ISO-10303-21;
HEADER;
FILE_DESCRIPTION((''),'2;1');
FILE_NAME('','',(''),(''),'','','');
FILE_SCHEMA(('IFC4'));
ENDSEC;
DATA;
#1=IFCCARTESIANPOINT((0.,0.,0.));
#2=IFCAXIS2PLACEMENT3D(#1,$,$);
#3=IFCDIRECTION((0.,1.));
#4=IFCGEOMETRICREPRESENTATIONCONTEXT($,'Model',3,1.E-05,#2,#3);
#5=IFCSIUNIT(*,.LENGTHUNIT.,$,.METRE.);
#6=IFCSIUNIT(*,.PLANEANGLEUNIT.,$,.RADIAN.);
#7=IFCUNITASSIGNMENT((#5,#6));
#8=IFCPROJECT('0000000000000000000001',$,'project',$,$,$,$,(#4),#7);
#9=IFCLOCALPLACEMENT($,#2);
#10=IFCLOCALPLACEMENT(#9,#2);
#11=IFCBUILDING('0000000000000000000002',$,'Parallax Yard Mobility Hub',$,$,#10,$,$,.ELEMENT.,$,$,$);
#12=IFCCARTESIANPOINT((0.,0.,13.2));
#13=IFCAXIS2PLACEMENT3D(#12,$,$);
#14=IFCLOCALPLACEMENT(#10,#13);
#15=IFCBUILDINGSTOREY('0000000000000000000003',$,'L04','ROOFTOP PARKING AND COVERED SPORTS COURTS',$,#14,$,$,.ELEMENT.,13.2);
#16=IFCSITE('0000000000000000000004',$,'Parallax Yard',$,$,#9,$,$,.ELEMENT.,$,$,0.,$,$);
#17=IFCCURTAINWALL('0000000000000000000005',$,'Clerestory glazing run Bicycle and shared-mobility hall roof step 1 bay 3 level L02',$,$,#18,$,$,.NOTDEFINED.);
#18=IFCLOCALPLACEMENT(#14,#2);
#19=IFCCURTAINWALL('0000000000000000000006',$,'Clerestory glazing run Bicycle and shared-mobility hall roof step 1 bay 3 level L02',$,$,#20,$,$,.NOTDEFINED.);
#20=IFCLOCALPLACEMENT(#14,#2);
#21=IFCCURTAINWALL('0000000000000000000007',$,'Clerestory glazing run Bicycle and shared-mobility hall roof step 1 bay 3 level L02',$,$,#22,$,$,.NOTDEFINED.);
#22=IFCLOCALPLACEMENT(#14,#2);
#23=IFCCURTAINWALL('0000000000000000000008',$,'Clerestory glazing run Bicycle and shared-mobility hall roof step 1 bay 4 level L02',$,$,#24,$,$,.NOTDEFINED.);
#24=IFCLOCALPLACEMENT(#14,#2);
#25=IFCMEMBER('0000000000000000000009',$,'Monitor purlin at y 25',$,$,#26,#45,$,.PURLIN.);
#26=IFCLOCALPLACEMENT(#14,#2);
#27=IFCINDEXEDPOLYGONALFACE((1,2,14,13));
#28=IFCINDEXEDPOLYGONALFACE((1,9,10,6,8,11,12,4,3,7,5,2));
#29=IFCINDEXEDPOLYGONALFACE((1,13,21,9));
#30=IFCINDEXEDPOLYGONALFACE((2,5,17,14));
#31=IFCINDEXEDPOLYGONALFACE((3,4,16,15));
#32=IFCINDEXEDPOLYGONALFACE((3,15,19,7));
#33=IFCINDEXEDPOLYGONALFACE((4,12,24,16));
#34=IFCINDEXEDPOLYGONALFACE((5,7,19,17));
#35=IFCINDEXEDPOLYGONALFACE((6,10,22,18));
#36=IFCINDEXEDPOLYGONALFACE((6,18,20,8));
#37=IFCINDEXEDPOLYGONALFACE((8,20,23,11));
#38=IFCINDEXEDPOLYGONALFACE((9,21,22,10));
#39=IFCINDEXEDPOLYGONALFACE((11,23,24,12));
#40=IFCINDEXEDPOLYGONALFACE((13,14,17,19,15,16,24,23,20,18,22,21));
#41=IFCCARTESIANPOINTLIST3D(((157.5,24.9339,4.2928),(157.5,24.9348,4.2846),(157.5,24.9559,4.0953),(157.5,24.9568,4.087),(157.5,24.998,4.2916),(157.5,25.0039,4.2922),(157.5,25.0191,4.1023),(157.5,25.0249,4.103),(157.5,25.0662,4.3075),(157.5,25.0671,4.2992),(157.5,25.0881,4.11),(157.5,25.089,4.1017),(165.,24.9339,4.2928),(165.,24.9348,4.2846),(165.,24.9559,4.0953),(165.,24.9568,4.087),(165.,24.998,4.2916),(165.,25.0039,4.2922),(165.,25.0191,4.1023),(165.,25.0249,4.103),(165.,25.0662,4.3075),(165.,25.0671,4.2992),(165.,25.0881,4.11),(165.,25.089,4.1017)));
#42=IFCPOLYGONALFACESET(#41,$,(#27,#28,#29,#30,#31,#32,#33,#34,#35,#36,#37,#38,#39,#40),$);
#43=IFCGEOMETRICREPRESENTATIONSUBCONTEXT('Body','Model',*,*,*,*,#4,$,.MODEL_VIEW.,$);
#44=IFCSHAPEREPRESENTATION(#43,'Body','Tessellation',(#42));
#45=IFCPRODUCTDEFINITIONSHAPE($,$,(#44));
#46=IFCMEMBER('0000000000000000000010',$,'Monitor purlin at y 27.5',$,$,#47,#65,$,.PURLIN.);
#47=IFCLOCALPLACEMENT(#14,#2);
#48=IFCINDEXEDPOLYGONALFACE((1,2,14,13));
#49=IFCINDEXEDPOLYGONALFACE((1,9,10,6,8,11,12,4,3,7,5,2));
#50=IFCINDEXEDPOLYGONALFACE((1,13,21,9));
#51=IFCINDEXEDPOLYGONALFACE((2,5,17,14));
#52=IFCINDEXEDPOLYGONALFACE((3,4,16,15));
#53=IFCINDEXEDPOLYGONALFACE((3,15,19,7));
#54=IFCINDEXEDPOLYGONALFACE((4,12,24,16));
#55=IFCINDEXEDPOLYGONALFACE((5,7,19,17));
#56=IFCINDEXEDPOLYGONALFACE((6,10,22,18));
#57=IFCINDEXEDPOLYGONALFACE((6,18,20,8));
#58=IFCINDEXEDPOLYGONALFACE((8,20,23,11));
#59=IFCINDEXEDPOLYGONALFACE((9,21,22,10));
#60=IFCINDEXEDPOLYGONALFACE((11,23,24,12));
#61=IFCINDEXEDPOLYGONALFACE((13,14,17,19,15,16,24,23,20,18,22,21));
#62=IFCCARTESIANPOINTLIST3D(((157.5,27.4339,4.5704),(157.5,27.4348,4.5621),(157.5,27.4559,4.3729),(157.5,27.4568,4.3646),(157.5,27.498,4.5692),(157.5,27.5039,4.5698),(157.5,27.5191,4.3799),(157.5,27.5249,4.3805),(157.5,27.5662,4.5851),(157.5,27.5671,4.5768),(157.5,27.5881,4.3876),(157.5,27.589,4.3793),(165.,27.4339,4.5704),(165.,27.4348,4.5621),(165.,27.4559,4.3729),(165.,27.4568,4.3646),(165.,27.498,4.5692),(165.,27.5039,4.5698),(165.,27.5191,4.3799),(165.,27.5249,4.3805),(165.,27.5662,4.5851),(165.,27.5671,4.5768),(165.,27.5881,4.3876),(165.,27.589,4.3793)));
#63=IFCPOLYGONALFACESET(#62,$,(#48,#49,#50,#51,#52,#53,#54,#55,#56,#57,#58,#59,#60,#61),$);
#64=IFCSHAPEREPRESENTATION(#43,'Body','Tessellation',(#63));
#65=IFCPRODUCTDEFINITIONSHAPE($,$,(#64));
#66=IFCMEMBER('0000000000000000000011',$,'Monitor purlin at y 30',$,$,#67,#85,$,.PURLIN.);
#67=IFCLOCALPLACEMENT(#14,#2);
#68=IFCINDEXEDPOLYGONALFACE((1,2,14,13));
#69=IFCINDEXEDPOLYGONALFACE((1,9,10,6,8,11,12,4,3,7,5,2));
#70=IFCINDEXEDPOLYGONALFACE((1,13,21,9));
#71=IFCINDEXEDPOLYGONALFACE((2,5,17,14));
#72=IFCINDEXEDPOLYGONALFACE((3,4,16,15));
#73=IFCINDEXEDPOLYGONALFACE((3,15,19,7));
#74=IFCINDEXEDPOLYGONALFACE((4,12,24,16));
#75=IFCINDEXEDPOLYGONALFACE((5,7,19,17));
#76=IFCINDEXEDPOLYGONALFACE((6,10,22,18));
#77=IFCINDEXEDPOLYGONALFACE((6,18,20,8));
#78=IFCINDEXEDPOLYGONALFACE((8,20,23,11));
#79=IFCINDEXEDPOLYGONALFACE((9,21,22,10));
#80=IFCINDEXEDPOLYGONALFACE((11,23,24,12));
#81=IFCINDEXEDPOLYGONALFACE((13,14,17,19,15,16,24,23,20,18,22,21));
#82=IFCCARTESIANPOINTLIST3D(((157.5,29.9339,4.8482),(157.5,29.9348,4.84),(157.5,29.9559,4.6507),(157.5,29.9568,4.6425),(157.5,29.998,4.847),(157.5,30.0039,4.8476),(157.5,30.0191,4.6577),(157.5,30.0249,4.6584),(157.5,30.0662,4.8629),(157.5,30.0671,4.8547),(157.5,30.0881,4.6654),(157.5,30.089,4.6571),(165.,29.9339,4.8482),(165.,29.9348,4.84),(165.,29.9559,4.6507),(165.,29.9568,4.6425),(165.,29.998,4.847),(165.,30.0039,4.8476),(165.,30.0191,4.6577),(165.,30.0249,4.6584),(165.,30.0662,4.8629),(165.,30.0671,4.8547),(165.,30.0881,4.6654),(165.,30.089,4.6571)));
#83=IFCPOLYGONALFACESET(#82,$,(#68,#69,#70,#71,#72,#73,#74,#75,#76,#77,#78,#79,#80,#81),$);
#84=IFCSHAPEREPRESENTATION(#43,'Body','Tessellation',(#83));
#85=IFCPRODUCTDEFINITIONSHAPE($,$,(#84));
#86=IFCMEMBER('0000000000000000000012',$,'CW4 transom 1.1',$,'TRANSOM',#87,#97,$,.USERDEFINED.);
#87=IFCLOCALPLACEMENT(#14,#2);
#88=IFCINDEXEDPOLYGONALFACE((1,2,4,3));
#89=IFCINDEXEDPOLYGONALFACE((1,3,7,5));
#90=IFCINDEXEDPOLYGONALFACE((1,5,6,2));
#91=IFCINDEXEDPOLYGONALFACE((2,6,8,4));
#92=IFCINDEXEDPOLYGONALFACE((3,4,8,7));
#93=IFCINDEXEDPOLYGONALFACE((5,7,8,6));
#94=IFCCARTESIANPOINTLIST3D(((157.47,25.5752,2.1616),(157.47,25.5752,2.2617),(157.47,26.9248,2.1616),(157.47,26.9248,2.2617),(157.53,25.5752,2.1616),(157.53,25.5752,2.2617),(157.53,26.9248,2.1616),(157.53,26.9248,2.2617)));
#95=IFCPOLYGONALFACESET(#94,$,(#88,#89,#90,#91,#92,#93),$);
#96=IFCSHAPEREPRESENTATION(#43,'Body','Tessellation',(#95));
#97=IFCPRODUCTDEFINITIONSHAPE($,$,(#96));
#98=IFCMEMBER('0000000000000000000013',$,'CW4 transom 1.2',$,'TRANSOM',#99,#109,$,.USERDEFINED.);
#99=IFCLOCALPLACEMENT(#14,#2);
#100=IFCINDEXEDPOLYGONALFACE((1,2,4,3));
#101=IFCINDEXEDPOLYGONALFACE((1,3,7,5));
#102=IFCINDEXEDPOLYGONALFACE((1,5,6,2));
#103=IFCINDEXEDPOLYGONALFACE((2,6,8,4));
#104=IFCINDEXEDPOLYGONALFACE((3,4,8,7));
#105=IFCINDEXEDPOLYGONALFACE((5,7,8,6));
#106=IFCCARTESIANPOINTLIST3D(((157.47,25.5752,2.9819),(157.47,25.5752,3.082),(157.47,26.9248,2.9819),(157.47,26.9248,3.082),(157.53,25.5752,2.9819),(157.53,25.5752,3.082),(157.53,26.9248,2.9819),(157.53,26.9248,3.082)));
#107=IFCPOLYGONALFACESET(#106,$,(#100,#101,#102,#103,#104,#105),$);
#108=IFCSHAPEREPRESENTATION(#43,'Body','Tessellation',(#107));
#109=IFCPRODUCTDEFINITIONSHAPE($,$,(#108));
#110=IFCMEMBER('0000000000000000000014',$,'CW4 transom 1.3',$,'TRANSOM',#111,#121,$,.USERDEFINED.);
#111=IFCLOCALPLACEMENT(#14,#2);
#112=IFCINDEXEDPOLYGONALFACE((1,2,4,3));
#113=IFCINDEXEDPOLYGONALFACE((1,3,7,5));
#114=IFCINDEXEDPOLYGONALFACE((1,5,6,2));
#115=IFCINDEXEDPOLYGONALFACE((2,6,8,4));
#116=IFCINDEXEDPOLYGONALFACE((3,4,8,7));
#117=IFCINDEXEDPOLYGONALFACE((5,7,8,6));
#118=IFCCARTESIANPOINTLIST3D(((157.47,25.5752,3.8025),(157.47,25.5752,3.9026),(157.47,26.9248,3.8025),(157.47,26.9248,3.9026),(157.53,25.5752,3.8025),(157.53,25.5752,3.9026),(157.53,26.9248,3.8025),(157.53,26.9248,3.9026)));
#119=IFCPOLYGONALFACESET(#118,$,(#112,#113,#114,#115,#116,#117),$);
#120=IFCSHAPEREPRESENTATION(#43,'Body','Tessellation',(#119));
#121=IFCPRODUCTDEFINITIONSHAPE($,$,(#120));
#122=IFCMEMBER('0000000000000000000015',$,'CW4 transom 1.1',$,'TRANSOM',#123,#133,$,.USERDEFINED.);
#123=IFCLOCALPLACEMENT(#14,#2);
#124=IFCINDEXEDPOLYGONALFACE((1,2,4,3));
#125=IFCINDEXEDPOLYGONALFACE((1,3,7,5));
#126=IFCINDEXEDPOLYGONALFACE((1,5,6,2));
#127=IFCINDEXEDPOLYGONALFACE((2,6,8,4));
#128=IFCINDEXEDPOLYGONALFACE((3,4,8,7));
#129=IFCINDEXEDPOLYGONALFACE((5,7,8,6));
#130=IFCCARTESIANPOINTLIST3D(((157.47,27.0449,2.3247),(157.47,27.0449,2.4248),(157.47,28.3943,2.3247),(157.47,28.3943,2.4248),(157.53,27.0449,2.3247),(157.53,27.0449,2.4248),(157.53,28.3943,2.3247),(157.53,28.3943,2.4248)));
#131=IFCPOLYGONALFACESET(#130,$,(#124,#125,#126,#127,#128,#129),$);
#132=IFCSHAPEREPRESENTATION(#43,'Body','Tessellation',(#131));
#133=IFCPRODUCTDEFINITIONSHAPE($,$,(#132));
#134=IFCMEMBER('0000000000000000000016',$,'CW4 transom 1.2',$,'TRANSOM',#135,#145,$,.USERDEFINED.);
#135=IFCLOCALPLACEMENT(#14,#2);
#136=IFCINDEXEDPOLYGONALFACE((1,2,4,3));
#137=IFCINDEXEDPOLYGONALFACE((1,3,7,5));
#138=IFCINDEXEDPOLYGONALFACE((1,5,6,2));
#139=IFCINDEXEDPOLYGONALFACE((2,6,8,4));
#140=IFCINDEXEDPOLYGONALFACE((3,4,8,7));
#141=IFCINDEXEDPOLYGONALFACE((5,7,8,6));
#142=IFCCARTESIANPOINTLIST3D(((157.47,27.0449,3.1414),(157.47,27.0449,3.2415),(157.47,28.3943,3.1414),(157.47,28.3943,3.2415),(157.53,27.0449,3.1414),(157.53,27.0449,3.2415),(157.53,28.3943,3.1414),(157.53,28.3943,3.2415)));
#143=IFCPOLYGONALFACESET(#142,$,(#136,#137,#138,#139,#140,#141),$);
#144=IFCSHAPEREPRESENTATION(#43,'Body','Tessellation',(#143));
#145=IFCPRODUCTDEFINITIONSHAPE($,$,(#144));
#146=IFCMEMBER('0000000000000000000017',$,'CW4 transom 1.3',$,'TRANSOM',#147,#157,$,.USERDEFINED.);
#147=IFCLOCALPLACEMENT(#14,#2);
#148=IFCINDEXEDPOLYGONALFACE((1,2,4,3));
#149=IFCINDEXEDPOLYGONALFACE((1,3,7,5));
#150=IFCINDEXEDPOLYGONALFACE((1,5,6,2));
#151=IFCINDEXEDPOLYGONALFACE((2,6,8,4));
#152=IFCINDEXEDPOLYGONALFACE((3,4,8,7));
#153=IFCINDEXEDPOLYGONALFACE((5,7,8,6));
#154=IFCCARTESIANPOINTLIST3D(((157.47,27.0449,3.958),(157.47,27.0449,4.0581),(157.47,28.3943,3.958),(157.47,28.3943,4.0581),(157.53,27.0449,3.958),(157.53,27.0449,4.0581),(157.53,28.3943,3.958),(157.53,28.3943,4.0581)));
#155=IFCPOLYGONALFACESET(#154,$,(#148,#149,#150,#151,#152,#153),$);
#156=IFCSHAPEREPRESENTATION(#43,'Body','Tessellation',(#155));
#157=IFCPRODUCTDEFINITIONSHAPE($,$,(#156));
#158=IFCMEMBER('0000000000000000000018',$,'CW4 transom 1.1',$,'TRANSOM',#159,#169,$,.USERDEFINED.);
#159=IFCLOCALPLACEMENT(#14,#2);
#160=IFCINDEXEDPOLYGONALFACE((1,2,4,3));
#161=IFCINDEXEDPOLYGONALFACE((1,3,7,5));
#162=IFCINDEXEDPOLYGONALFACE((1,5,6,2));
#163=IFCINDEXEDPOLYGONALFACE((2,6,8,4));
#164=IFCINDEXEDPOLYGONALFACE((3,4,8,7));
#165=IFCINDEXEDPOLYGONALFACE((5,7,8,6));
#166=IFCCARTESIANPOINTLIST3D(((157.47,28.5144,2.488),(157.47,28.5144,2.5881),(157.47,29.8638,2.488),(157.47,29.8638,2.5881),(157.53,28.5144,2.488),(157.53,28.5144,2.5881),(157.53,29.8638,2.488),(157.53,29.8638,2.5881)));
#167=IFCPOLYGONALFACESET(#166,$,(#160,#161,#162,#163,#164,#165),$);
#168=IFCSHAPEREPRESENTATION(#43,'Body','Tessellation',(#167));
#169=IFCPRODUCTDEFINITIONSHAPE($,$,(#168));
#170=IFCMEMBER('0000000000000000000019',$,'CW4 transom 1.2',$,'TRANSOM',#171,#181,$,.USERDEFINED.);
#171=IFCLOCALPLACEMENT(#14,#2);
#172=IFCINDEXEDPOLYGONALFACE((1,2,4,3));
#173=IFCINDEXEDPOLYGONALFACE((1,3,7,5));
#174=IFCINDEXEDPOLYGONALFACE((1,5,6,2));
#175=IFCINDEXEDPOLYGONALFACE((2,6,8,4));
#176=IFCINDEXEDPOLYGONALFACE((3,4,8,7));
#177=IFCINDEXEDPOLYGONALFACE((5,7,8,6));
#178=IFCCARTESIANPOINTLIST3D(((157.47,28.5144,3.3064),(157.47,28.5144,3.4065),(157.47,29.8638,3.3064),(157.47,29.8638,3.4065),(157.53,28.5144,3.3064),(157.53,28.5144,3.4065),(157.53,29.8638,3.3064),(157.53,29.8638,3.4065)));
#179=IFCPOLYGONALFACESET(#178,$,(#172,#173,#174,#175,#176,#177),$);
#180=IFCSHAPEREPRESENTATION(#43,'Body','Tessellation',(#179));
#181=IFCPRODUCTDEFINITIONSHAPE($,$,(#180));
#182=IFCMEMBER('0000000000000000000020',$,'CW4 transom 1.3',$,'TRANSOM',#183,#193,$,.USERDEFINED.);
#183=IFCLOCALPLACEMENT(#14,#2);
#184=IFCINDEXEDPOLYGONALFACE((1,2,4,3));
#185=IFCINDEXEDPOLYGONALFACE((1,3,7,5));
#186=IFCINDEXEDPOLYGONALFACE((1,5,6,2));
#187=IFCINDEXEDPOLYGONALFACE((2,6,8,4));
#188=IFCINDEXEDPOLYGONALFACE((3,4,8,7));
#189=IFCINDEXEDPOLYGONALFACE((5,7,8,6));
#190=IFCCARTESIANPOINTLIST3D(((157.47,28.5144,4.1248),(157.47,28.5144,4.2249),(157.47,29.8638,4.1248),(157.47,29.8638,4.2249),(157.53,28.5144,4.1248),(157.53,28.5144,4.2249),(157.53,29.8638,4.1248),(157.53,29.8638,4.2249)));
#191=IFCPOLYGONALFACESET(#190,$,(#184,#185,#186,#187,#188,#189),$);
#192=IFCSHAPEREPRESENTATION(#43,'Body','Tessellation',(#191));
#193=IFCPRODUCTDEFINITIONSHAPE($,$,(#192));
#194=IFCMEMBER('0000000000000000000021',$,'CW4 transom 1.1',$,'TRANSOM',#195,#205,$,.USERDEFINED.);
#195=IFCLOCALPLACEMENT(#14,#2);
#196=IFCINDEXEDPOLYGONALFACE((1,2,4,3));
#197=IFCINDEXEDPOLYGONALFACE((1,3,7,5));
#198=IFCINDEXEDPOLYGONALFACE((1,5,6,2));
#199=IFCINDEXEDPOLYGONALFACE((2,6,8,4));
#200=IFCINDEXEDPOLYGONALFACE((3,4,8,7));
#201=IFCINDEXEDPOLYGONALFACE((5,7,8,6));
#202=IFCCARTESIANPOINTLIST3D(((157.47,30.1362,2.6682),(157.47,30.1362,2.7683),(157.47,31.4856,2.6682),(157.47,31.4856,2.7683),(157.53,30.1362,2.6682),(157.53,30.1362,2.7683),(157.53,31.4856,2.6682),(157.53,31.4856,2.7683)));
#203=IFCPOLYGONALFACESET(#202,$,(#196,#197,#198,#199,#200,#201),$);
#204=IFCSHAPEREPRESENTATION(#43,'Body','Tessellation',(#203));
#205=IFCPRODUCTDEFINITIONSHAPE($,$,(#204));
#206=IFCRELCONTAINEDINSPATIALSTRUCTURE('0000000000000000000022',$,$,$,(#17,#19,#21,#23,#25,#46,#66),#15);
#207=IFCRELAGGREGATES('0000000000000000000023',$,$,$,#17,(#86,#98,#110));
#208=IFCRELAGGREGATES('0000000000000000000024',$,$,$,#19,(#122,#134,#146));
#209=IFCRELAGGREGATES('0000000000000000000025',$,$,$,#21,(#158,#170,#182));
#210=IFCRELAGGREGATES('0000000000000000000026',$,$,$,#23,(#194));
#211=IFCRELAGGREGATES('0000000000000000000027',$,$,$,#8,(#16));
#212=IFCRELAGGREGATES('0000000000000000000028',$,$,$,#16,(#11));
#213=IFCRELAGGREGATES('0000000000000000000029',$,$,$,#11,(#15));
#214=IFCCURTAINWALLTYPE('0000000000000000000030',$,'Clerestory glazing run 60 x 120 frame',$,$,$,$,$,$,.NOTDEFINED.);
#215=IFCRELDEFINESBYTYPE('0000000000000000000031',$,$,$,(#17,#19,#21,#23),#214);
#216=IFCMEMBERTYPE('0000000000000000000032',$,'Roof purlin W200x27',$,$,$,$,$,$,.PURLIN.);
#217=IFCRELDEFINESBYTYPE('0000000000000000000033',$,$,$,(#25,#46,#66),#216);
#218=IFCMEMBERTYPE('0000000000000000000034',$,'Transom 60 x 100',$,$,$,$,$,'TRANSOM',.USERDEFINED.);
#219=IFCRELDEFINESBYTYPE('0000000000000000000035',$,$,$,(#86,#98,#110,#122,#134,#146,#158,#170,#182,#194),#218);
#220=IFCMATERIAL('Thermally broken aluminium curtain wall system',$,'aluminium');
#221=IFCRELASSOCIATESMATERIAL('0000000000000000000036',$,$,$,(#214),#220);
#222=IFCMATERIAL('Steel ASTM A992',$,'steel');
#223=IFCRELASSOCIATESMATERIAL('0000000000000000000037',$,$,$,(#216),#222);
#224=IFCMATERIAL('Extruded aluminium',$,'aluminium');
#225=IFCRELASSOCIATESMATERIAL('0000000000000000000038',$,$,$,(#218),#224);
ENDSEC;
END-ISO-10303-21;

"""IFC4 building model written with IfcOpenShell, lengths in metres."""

from ifc_helpers import new_model, si_unit, direction, frame, origin, origin_2d, place, context, subcontext, project, spatial, rectangle, i_section, extrude, material, material_profile, profile_set, type_object, element, aggregate, save


model = new_model("IFC4")

# Units and contexts
model_context = context("Model", 3, precision=1e-05, world=origin(), true_north=direction((0.0, 1.0)))
body_context = subcontext(model_context, "Body", "Model", "MODEL_VIEW")
ifc_project = project(units=[si_unit("LENGTHUNIT", "METRE"), si_unit("PLANEANGLEUNIT", "RADIAN")], contexts=[model_context])

# Site, building, storey
site_placement = place(None, origin())
site = spatial("IfcSite", under=ifc_project, at=site_placement, Name="Parallax Yard", CompositionType="ELEMENT", RefElevation=0.0)
building_placement = place(site_placement, origin())
building = spatial("IfcBuilding", under=site, at=building_placement, Name="Parallax Yard Mobility Hub", CompositionType="ELEMENT")
storey_placement = place(building_placement, frame((0.0, 0.0, 13.2)))
storey = spatial("IfcBuildingStorey", under=building, at=storey_placement, Name="L04", Description="ROOFTOP PARKING AND COVERED SPORTS COURTS", CompositionType="ELEMENT", Elevation=13.2)

# Shared definitions
ifc_material_1 = material(Name="Steel ASTM A992", Category="steel")

# Shared definitions
ifc_material_2 = material(Name="Thermally broken aluminium curtain wall system", Category="aluminium")
curtain_wall_type = type_object("IfcCurtainWallType", Name="Clerestory glazing run 60 x 120 frame", PredefinedType="NOTDEFINED", material=ifc_material_2)
ifc_material_3 = material(Name="Extruded aluminium", Category="aluminium")

# Curtain walls
curtain_wall_1_placement = place(storey_placement, origin())
curtain_wall_1 = element("IfcCurtainWall", 1, at=curtain_wall_1_placement, inside=storey, type_object=curtain_wall_type, Name="Clerestory glazing run Bicycle and shared-mobility hall roof step 1 bay 3 level L02", PredefinedType="NOTDEFINED")
curtain_wall_2_placement = place(storey_placement, origin())
curtain_wall_2 = element("IfcCurtainWall", 2, at=curtain_wall_2_placement, inside=storey, type_object=curtain_wall_type, Name="Clerestory glazing run Bicycle and shared-mobility hall roof step 1 bay 3 level L02", PredefinedType="NOTDEFINED")

# Curtain walls
curtain_wall_3_placement = place(storey_placement, origin())
curtain_wall_3 = element("IfcCurtainWall", 3, at=curtain_wall_3_placement, inside=storey, type_object=curtain_wall_type, Name="Clerestory glazing run Bicycle and shared-mobility hall roof step 1 bay 3 level L02", PredefinedType="NOTDEFINED")
curtain_wall_4_placement = place(storey_placement, origin())
curtain_wall_4 = element("IfcCurtainWall", 4, at=curtain_wall_4_placement, inside=storey, type_object=curtain_wall_type, Name="Clerestory glazing run Bicycle and shared-mobility hall roof step 1 bay 4 level L02", PredefinedType="NOTDEFINED")

# Members
ifc_material_profile_1 = material_profile(ifc_material_1, i_section(OverallWidth=0.1331, OverallDepth=0.207, WebThickness=0.0059, FlangeThickness=0.0083, at=origin_2d()), Name="W200x27")
ifc_profile_set_1 = profile_set([ifc_material_profile_1], Name="Steel ASTM A992")
member_type_1 = type_object("IfcMemberType", Name="Roof purlin W200x27", PredefinedType="PURLIN", material=ifc_profile_set_1)
for number, where, z_axis, x_axis, name in (
    (5, (157.5, 25.0115, 4.1973), (1.0, 0.0, 0.0), (0.0, 0.993884, 0.110432), "Monitor purlin at y 25"),
    (6, (157.5, 27.5115, 4.4749), (1.0, 0.0, 0.0), (0.0, 0.993884, 0.110432), "Monitor purlin at y 27.5"),
    (7, (157.5, 30.0115, 4.7527), (1.0, 0.0, 0.0), (0.0, 0.993884, 0.110432), "Monitor purlin at y 30"),
):
    element("IfcMember", number, at=place(storey_placement, frame(where, z_axis=z_axis, x_axis=x_axis)), inside=storey, type_object=member_type_1, Name=name, PredefinedType="PURLIN", context=body_context, shape_type="SweptSolid", body=[
        extrude(i_section(OverallWidth=0.1331, OverallDepth=0.207, WebThickness=0.0059, FlangeThickness=0.0083, at=origin_2d()), origin(), (0.0, 0.0, 1.0), 7.5),
    ])

# Members
ifc_material_profile_2 = material_profile(ifc_material_3, rectangle(XDim=0.0601, YDim=0.1001, at=origin_2d()), Name="Transom 60 x 100")
ifc_profile_set_2 = profile_set([ifc_material_profile_2], Name="Extruded aluminium")
member_type_2 = type_object("IfcMemberType", Name="Transom 60 x 100", ElementType="TRANSOM", PredefinedType="USERDEFINED", material=ifc_profile_set_2)
member_1_placement = place(storey_placement, frame((157.5, 25.5752, 2.2117), z_axis=(0.0, 1.0, 0.0), x_axis=(-1.0, 0.0, 0.0)))
member_1 = element("IfcMember", 8, at=member_1_placement, type_object=member_type_2, Name="CW4 transom 1.1", ObjectType="TRANSOM", PredefinedType="USERDEFINED", context=body_context, shape_type="SweptSolid", body=[
    extrude(rectangle(XDim=0.0601, YDim=0.1001, at=origin_2d()), origin(), (0.0, 0.0, 1.0), 1.3496),
])
member_2_placement = place(storey_placement, frame((157.5, 25.5752, 3.032), z_axis=(0.0, 1.0, 0.0), x_axis=(-1.0, 0.0, 0.0)))
member_2 = element("IfcMember", 9, at=member_2_placement, type_object=member_type_2, Name="CW4 transom 1.2", ObjectType="TRANSOM", PredefinedType="USERDEFINED", context=body_context, shape_type="SweptSolid", body=[
    extrude(rectangle(XDim=0.0601, YDim=0.1001, at=origin_2d()), origin(), (0.0, 0.0, 1.0), 1.3496),
])
member_3_placement = place(storey_placement, frame((157.5, 25.5752, 3.8525), z_axis=(0.0, 1.0, 0.0), x_axis=(-1.0, 0.0, 0.0)))
member_3 = element("IfcMember", 10, at=member_3_placement, type_object=member_type_2, Name="CW4 transom 1.3", ObjectType="TRANSOM", PredefinedType="USERDEFINED", context=body_context, shape_type="SweptSolid", body=[
    extrude(rectangle(XDim=0.0601, YDim=0.1001, at=origin_2d()), origin(), (0.0, 0.0, 1.0), 1.3496),
])
member_4_placement = place(storey_placement, frame((157.5, 27.0449, 2.3748), z_axis=(0.0, 1.0, 0.0), x_axis=(-1.0, 0.0, 0.0)))
member_4 = element("IfcMember", 11, at=member_4_placement, type_object=member_type_2, Name="CW4 transom 1.1", ObjectType="TRANSOM", PredefinedType="USERDEFINED", context=body_context, shape_type="SweptSolid", body=[
    extrude(rectangle(XDim=0.0601, YDim=0.1001, at=origin_2d()), origin(), (0.0, 0.0, 1.0), 1.3494),
])
member_5_placement = place(storey_placement, frame((157.5, 27.0449, 3.1914), z_axis=(0.0, 1.0, 0.0), x_axis=(-1.0, 0.0, 0.0)))
member_5 = element("IfcMember", 12, at=member_5_placement, type_object=member_type_2, Name="CW4 transom 1.2", ObjectType="TRANSOM", PredefinedType="USERDEFINED", context=body_context, shape_type="SweptSolid", body=[
    extrude(rectangle(XDim=0.0601, YDim=0.1001, at=origin_2d()), origin(), (0.0, 0.0, 1.0), 1.3494),
])
member_6_placement = place(storey_placement, frame((157.5, 27.0449, 4.0081), z_axis=(0.0, 1.0, 0.0), x_axis=(-1.0, 0.0, 0.0)))
member_6 = element("IfcMember", 13, at=member_6_placement, type_object=member_type_2, Name="CW4 transom 1.3", ObjectType="TRANSOM", PredefinedType="USERDEFINED", context=body_context, shape_type="SweptSolid", body=[
    extrude(rectangle(XDim=0.0601, YDim=0.1001, at=origin_2d()), origin(), (0.0, 0.0, 1.0), 1.3494),
])
member_7_placement = place(storey_placement, frame((157.5, 28.5144, 2.5381), z_axis=(0.0, 1.0, 0.0), x_axis=(-1.0, 0.0, 0.0)))
member_7 = element("IfcMember", 14, at=member_7_placement, type_object=member_type_2, Name="CW4 transom 1.1", ObjectType="TRANSOM", PredefinedType="USERDEFINED", context=body_context, shape_type="SweptSolid", body=[
    extrude(rectangle(XDim=0.0601, YDim=0.1001, at=origin_2d()), origin(), (0.0, 0.0, 1.0), 1.3494),
])
member_8_placement = place(storey_placement, frame((157.5, 28.5144, 3.3564), z_axis=(0.0, 1.0, 0.0), x_axis=(-1.0, 0.0, 0.0)))
member_8 = element("IfcMember", 15, at=member_8_placement, type_object=member_type_2, Name="CW4 transom 1.2", ObjectType="TRANSOM", PredefinedType="USERDEFINED", context=body_context, shape_type="SweptSolid", body=[
    extrude(rectangle(XDim=0.0601, YDim=0.1001, at=origin_2d()), origin(), (0.0, 0.0, 1.0), 1.3494),
])
member_9_placement = place(storey_placement, frame((157.5, 28.5144, 4.1748), z_axis=(0.0, 1.0, 0.0), x_axis=(-1.0, 0.0, 0.0)))
member_9 = element("IfcMember", 16, at=member_9_placement, type_object=member_type_2, Name="CW4 transom 1.3", ObjectType="TRANSOM", PredefinedType="USERDEFINED", context=body_context, shape_type="SweptSolid", body=[
    extrude(rectangle(XDim=0.0601, YDim=0.1001, at=origin_2d()), origin(), (0.0, 0.0, 1.0), 1.3494),
])
member_10_placement = place(storey_placement, frame((157.5, 30.1362, 2.7183), z_axis=(0.0, 1.0, 0.0), x_axis=(-1.0, 0.0, 0.0)))
member_10 = element("IfcMember", 17, at=member_10_placement, type_object=member_type_2, Name="CW4 transom 1.1", ObjectType="TRANSOM", PredefinedType="USERDEFINED", context=body_context, shape_type="SweptSolid", body=[
    extrude(rectangle(XDim=0.0601, YDim=0.1001, at=origin_2d()), origin(), (0.0, 0.0, 1.0), 1.3494),
])

aggregate(curtain_wall_1, [member_1, member_2, member_3])
aggregate(curtain_wall_2, [member_4, member_5, member_6])
aggregate(curtain_wall_3, [member_7, member_8, member_9])
aggregate(curtain_wall_4, [member_10])

save(model, "model.ifc")
